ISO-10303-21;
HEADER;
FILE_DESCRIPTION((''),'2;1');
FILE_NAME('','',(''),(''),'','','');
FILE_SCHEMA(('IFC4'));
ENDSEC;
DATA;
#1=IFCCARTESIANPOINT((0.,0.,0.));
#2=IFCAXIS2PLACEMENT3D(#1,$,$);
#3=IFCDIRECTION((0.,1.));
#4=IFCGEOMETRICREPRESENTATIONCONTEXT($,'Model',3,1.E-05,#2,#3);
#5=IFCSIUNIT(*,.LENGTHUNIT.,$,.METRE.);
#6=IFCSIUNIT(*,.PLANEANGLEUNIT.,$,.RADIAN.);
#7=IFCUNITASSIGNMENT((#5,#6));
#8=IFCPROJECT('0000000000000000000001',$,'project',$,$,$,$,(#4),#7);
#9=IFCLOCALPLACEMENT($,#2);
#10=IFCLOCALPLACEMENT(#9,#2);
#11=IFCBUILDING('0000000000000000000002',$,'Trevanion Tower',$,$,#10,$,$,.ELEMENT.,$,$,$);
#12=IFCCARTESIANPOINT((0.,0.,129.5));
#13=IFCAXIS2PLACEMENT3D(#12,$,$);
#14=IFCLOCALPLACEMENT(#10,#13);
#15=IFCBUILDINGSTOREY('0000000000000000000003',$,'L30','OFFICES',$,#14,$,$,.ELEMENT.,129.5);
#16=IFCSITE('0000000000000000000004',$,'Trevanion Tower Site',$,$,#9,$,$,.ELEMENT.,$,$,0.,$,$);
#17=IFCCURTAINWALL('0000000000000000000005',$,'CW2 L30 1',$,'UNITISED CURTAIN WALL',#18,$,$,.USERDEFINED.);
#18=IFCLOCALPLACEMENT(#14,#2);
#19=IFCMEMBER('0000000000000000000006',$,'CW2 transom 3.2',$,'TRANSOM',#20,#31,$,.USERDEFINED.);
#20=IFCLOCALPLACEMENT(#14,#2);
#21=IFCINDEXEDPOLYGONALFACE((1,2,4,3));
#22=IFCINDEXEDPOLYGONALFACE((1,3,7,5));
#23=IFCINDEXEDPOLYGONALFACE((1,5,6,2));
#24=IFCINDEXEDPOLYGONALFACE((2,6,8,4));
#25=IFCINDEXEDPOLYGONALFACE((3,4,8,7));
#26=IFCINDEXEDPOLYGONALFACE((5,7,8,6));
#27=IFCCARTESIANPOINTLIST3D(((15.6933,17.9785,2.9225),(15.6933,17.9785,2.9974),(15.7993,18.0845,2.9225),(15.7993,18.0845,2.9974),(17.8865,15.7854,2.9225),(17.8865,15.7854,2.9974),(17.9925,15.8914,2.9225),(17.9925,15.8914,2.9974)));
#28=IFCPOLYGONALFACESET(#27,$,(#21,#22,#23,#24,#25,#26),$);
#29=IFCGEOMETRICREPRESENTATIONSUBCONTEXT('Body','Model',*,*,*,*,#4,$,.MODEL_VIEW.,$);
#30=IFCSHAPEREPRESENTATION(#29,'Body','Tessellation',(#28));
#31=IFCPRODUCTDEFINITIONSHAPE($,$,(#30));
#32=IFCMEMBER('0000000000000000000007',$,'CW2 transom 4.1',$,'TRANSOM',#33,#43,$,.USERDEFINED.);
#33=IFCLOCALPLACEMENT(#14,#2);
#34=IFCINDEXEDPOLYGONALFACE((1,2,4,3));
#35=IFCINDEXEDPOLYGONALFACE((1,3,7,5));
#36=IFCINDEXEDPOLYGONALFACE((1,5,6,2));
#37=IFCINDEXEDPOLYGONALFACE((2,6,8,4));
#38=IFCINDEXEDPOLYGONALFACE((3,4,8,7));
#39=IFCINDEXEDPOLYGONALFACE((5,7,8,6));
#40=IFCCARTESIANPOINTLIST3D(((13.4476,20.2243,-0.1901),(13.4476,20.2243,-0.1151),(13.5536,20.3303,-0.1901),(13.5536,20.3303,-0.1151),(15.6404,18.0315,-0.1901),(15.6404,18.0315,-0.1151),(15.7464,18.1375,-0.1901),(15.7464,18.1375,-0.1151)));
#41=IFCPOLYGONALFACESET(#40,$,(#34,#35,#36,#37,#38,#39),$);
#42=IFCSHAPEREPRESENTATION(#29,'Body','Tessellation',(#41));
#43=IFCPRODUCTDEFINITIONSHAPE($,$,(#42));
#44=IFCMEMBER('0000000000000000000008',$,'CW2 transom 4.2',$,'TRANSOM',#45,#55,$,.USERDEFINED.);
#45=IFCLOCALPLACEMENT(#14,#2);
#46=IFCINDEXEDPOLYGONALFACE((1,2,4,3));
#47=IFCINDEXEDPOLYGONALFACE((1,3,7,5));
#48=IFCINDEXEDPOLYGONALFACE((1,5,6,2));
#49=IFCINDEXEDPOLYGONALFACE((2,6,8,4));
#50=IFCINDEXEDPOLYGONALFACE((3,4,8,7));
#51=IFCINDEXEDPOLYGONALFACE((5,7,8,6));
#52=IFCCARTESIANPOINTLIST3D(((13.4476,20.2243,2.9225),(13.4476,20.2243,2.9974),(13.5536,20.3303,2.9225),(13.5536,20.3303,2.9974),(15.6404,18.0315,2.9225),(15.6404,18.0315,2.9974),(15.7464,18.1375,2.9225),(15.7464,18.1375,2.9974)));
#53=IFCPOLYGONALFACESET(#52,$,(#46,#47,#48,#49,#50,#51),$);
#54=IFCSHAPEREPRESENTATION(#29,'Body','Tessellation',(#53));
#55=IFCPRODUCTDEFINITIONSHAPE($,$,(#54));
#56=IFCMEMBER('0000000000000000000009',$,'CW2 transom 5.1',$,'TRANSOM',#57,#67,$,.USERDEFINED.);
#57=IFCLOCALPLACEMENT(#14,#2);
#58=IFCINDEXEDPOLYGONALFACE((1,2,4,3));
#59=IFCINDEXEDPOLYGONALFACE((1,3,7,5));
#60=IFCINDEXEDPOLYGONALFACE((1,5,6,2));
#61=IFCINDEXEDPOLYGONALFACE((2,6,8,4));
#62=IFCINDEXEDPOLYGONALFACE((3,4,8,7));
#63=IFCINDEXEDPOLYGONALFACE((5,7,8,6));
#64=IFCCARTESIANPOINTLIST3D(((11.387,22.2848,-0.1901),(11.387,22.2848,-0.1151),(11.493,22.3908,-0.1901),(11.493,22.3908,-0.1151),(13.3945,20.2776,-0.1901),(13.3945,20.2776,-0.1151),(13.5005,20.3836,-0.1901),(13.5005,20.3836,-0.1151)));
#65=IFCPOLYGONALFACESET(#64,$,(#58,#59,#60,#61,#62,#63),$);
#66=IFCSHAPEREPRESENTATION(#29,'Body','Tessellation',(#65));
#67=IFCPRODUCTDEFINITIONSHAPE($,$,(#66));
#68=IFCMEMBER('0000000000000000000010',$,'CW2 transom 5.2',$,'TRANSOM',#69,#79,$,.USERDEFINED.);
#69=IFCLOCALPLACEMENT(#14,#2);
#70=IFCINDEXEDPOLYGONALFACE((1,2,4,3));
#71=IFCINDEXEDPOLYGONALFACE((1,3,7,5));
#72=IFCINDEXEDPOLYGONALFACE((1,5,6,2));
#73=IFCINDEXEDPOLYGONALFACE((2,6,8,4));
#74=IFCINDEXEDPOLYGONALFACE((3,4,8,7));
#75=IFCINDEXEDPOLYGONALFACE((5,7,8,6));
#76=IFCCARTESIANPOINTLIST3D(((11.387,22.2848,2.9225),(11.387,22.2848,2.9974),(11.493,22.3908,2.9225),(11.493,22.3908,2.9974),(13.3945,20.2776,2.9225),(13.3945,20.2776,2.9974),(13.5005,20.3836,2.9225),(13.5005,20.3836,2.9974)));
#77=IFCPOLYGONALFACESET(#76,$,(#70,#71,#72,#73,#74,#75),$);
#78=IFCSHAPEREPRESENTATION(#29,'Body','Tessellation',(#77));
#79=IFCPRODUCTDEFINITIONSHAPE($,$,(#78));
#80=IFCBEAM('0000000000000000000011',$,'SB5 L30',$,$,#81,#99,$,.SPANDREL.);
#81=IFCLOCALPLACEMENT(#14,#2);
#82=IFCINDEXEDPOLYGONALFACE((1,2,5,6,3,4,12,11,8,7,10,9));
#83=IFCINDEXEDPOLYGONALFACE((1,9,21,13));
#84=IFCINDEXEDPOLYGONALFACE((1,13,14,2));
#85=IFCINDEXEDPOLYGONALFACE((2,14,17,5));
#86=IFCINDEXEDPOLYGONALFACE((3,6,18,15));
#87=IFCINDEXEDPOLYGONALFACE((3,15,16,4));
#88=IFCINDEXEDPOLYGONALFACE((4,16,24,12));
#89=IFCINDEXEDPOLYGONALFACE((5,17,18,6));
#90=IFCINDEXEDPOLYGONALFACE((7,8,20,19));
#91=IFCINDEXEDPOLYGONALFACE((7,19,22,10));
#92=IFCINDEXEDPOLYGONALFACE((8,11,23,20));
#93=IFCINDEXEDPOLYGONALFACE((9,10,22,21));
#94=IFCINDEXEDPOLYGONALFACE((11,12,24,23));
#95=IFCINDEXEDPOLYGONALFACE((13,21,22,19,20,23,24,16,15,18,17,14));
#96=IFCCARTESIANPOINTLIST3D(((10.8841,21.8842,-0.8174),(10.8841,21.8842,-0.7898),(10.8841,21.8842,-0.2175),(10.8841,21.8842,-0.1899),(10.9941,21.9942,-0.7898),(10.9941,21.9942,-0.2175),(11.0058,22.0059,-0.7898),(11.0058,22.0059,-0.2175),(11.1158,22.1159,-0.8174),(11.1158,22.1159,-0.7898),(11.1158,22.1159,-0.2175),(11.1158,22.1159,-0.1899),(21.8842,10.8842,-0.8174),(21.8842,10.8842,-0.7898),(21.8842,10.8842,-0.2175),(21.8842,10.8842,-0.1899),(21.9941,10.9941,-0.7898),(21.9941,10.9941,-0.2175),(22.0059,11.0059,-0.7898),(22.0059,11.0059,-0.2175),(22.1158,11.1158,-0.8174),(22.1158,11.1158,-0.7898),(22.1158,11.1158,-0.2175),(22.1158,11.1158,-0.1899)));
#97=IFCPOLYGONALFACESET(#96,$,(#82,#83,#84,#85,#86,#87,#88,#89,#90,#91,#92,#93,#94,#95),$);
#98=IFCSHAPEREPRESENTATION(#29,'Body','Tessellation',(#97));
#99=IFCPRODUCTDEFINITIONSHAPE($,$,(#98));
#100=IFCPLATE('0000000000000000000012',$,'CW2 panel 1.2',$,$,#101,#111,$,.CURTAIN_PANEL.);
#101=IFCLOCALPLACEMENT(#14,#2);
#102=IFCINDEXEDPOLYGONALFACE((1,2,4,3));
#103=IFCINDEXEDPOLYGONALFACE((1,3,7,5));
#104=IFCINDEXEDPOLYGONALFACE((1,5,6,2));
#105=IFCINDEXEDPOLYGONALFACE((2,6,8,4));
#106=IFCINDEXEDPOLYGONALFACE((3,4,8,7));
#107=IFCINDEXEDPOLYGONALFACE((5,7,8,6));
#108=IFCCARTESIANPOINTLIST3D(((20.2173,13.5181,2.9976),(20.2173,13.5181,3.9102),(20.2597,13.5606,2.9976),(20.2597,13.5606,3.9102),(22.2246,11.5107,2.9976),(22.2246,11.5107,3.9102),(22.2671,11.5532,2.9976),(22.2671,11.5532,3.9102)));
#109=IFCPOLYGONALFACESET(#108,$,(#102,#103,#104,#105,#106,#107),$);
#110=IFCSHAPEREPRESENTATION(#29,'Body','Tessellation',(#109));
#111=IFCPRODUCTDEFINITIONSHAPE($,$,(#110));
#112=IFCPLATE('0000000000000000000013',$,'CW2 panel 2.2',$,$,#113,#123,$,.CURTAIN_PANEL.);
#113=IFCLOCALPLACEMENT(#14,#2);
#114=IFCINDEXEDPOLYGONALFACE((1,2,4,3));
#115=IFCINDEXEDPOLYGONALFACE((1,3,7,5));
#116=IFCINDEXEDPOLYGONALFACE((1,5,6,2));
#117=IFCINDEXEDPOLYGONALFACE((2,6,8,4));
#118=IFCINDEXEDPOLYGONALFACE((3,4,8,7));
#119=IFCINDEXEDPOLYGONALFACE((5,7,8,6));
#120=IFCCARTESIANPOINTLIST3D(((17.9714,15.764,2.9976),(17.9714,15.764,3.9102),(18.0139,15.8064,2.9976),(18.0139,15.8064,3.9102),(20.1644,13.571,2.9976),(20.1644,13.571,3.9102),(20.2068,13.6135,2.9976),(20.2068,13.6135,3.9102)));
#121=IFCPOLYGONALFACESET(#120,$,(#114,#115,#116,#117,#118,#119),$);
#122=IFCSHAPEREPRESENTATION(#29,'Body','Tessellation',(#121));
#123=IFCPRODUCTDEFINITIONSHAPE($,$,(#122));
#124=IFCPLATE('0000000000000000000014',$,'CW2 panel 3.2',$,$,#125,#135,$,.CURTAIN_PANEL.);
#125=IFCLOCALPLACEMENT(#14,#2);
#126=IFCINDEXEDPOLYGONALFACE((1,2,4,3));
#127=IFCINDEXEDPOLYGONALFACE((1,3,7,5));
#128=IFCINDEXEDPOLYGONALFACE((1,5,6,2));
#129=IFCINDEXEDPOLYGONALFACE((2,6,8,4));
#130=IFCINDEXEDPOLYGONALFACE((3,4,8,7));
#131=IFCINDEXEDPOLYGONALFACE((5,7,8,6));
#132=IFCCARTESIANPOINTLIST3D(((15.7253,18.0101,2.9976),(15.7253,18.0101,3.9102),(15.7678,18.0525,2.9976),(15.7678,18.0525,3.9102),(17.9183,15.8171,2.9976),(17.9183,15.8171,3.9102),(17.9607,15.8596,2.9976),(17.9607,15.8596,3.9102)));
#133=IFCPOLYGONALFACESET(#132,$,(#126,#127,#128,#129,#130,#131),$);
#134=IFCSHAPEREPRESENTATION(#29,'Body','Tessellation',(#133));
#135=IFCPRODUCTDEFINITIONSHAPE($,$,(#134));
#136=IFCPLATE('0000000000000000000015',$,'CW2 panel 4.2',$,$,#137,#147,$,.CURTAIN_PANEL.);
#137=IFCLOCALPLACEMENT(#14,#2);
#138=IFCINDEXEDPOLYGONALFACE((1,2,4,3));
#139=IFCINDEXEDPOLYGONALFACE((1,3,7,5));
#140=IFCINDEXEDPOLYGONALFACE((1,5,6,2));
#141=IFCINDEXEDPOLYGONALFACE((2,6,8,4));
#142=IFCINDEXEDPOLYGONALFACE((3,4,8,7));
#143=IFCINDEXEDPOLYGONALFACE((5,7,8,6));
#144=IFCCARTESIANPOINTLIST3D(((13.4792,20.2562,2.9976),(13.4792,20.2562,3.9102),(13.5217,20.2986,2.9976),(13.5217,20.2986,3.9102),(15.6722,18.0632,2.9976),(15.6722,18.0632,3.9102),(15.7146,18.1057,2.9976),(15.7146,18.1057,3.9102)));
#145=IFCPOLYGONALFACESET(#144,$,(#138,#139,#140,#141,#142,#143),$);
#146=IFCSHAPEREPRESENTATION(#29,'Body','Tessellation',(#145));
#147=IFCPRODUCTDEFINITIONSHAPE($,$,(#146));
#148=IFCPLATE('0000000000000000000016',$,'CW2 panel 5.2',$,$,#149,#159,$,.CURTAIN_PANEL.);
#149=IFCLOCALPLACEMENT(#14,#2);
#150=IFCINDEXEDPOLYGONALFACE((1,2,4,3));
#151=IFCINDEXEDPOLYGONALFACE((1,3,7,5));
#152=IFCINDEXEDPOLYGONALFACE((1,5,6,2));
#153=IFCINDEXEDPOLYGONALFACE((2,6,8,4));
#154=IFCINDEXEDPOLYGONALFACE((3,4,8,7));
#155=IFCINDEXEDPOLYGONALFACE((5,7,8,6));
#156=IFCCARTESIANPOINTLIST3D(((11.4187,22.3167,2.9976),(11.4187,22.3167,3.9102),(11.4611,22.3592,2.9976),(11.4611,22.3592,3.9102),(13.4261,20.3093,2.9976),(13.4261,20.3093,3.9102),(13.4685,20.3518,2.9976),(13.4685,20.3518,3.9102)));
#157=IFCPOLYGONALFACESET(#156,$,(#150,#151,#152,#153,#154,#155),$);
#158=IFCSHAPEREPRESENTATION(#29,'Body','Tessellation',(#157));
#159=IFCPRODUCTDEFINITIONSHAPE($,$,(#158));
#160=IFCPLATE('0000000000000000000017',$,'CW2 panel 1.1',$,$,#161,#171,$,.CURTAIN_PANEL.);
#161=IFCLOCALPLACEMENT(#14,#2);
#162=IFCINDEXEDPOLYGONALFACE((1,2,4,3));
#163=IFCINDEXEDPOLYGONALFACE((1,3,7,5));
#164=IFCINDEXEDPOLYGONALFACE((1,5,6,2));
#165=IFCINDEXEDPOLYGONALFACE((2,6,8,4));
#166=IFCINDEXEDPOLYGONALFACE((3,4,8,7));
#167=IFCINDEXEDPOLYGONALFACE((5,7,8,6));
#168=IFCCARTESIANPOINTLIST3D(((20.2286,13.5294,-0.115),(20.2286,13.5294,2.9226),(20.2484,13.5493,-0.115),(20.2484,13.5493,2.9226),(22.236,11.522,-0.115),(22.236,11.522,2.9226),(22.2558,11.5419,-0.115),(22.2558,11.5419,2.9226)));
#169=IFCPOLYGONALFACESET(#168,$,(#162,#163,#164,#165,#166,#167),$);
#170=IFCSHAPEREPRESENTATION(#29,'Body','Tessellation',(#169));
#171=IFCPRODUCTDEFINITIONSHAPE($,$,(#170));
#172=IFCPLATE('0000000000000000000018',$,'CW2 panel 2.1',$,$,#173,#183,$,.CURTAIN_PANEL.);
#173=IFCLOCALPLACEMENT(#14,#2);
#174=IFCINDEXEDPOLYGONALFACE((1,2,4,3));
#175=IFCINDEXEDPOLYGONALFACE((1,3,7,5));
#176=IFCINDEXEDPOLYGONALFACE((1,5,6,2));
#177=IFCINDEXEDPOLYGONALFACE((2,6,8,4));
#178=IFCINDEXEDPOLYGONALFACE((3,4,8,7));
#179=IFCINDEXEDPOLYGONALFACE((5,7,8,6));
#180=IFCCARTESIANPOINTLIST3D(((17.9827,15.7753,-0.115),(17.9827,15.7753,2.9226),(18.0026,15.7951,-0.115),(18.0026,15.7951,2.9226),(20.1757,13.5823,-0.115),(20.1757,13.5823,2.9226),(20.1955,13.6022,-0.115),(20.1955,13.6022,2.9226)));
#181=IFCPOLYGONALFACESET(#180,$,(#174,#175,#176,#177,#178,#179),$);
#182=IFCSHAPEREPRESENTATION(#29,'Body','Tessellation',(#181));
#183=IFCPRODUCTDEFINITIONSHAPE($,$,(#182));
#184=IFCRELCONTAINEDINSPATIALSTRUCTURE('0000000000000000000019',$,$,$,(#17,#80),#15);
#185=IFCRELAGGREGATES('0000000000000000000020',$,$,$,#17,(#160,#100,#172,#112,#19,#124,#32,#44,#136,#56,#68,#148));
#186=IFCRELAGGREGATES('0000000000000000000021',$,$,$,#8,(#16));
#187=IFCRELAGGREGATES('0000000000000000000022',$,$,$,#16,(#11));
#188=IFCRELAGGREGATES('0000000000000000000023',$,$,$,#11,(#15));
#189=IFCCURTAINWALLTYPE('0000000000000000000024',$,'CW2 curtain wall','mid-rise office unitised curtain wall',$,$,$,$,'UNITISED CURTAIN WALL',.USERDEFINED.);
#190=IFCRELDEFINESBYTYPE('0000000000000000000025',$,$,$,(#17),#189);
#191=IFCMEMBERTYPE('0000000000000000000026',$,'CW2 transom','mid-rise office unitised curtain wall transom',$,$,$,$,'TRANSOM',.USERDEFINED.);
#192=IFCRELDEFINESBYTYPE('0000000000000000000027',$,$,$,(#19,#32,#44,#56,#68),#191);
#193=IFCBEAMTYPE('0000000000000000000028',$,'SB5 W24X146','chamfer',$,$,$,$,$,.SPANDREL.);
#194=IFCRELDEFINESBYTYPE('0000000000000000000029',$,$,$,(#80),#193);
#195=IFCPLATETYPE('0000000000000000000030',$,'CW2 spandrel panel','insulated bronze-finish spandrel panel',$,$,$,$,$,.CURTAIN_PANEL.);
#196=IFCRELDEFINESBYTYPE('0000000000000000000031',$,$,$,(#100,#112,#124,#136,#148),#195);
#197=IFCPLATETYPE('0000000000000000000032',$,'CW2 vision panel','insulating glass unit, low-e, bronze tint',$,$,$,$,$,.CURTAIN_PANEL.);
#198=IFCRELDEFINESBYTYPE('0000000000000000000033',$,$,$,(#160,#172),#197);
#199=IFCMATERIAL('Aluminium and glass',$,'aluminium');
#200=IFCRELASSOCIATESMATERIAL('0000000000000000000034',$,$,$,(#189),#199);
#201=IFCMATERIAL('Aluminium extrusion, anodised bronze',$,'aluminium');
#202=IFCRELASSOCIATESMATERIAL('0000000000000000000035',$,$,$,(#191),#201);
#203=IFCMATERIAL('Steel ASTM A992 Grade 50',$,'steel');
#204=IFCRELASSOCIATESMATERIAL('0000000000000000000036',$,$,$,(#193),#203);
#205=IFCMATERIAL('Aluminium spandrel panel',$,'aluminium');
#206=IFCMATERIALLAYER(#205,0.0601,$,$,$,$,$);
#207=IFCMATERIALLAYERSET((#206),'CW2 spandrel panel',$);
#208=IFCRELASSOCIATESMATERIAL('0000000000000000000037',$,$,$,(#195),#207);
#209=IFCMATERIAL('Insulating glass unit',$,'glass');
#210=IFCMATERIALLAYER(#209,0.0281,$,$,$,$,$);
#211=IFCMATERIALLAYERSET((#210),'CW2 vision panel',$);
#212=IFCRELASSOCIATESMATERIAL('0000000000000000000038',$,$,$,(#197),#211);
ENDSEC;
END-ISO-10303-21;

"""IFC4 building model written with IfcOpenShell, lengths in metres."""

from ifc_helpers import new_model, si_unit, direction, frame, origin, origin_2d, place, context, subcontext, project, spatial, rectangle, i_section, extrude, material, layer, layer_set, material_profile, profile_set, type_object, element, aggregate, save


model = new_model("IFC4")

# Units and contexts
model_context = context("Model", 3, precision=1e-05, world=origin(), true_north=direction((0.0, 1.0)))
body_context = subcontext(model_context, "Body", "Model", "MODEL_VIEW")
ifc_project = project(units=[si_unit("LENGTHUNIT", "METRE"), si_unit("PLANEANGLEUNIT", "RADIAN")], contexts=[model_context])

# Site, building, storey
site_placement = place(None, origin())
site = spatial("IfcSite", under=ifc_project, at=site_placement, Name="Trevanion Tower Site", CompositionType="ELEMENT", RefElevation=0.0)
building_placement = place(site_placement, origin())
building = spatial("IfcBuilding", under=site, at=building_placement, Name="Trevanion Tower", CompositionType="ELEMENT")
storey_placement = place(building_placement, frame((0.0, 0.0, 129.5)))
storey = spatial("IfcBuildingStorey", under=building, at=storey_placement, Name="L30", Description="OFFICES", CompositionType="ELEMENT", Elevation=129.5)

# Curtain wall
ifc_material_1 = material(Name="Aluminium and glass", Category="aluminium")
curtain_wall_type = type_object("IfcCurtainWallType", Name="CW2 curtain wall", Description="mid-rise office unitised curtain wall", ElementType="UNITISED CURTAIN WALL", PredefinedType="USERDEFINED", material=ifc_material_1)
curtain_wall_1_placement = place(storey_placement, origin())
curtain_wall_1 = element("IfcCurtainWall", 1, at=curtain_wall_1_placement, inside=storey, type_object=curtain_wall_type, Name="CW2 L30 1", ObjectType="UNITISED CURTAIN WALL", PredefinedType="USERDEFINED")

# Members
ifc_material_2 = material(Name="Aluminium extrusion, anodised bronze", Category="aluminium")
ifc_material_profile_1 = material_profile(ifc_material_2, rectangle(XDim=0.1499, YDim=0.075, at=origin_2d()), Name="CW2 transom")
ifc_profile_set_1 = profile_set([ifc_material_profile_1], Name="Aluminium extrusion, anodised bronze")
member_type_1 = type_object("IfcMemberType", Name="CW2 transom", Description="mid-rise office unitised curtain wall transom", ElementType="TRANSOM", PredefinedType="USERDEFINED", material=ifc_profile_set_1)
member_1_placement = place(storey_placement, frame((17.9395, 15.8384, 2.96), z_axis=(-0.707107, 0.707107, 0.0), x_axis=(-0.707107, -0.707107, 0.0)))
member_1 = element("IfcMember", 2, at=member_1_placement, type_object=member_type_1, Name="CW2 transom 3.2", ObjectType="TRANSOM", PredefinedType="USERDEFINED", context=body_context, shape_type="SweptSolid", body=[
    extrude(rectangle(XDim=0.1499, YDim=0.075, at=origin_2d()), origin(), (0.0, 0.0, 1.0), 3.1016),
])
member_2_placement = place(storey_placement, frame((15.6934, 18.0845, -0.1526), z_axis=(-0.707107, 0.707107, 0.0), x_axis=(-0.707107, -0.707107, 0.0)))
member_2 = element("IfcMember", 3, at=member_2_placement, type_object=member_type_1, Name="CW2 transom 4.1", ObjectType="TRANSOM", PredefinedType="USERDEFINED", context=body_context, shape_type="SweptSolid", body=[
    extrude(rectangle(XDim=0.1499, YDim=0.075, at=origin_2d()), origin(), (0.0, 0.0, 1.0), 3.1011),
])
member_3_placement = place(storey_placement, frame((15.6934, 18.0845, 2.96), z_axis=(-0.707107, 0.707107, 0.0), x_axis=(-0.707107, -0.707107, 0.0)))
member_3 = element("IfcMember", 4, at=member_3_placement, type_object=member_type_1, Name="CW2 transom 4.2", ObjectType="TRANSOM", PredefinedType="USERDEFINED", context=body_context, shape_type="SweptSolid", body=[
    extrude(rectangle(XDim=0.1499, YDim=0.075, at=origin_2d()), origin(), (0.0, 0.0, 1.0), 3.1011),
])
member_4_placement = place(storey_placement, frame((13.4475, 20.3306, -0.1526), z_axis=(-0.70715, 0.707064, 0.0), x_axis=(-0.707064, -0.70715, 0.0)))
member_4 = element("IfcMember", 5, at=member_4_placement, type_object=member_type_1, Name="CW2 transom 5.1", ObjectType="TRANSOM", PredefinedType="USERDEFINED", context=body_context, shape_type="SweptSolid", body=[
    extrude(rectangle(XDim=0.1499, YDim=0.075, at=origin_2d()), origin(), (0.0, 0.0, 1.0), 2.8389),
])
member_5_placement = place(storey_placement, frame((13.4475, 20.3306, 2.96), z_axis=(-0.70715, 0.707064, 0.0), x_axis=(-0.707064, -0.70715, 0.0)))
member_5 = element("IfcMember", 6, at=member_5_placement, type_object=member_type_1, Name="CW2 transom 5.2", ObjectType="TRANSOM", PredefinedType="USERDEFINED", context=body_context, shape_type="SweptSolid", body=[
    extrude(rectangle(XDim=0.1499, YDim=0.075, at=origin_2d()), origin(), (0.0, 0.0, 1.0), 2.8389),
])

# Beam
ifc_material_3 = material(Name="Steel ASTM A992 Grade 50", Category="steel")
ifc_material_profile_2 = material_profile(ifc_material_3, i_section(OverallWidth=0.3276, OverallDepth=0.6274, WebThickness=0.0166, FlangeThickness=0.0276, at=origin_2d()), Name="W24X146")
ifc_profile_set_2 = profile_set([ifc_material_profile_2], Name="Steel ASTM A992 Grade 50")
beam_type_1 = type_object("IfcBeamType", Name="SB5 W24X146", Description="chamfer", PredefinedType="SPANDREL", material=ifc_profile_set_2)
beam_1_placement = place(storey_placement, frame((22.0, 11.0, -0.5037), z_axis=(-0.707107, 0.707107, 0.0), x_axis=(-0.707107, -0.707107, 0.0)))
element("IfcBeam", 7, at=beam_1_placement, inside=storey, type_object=beam_type_1, Name="SB5 L30", PredefinedType="SPANDREL", context=body_context, shape_type="SweptSolid", body=[
    extrude(i_section(OverallWidth=0.3276, OverallDepth=0.6274, WebThickness=0.0166, FlangeThickness=0.0276, at=origin_2d()), origin(), (0.0, 0.0, 1.0), 15.5564),
])

# Plates
ifc_material_4 = material(Name="Aluminium spandrel panel", Category="aluminium")
ifc_layer_1 = layer(ifc_material_4, 0.0601)
ifc_layer_set_1 = layer_set([ifc_layer_1], Name="CW2 spandrel panel")
plate_type_1 = type_object("IfcPlateType", Name="CW2 spandrel panel", Description="insulated bronze-finish spandrel panel", PredefinedType="CURTAIN_PANEL", material=ifc_layer_set_1)
plate_1_placement = place(storey_placement, frame((21.2422, 12.5356, 2.9976), z_axis=(0.0, 0.0, 1.0), x_axis=(-0.707107, 0.707107, 0.0)))
plate_1 = element("IfcPlate", 8, at=plate_1_placement, type_object=plate_type_1, Name="CW2 panel 1.2", PredefinedType="CURTAIN_PANEL", context=body_context, shape_type="SweptSolid", body=[
    extrude(rectangle(XDim=2.8389, YDim=0.0601, at=origin_2d()), origin(), (0.0, 0.0, 1.0), 0.9126),
])
plate_2_placement = place(storey_placement, frame((19.0891, 14.6887, 2.9976), z_axis=(0.0, 0.0, 1.0), x_axis=(-0.707107, 0.707107, 0.0)))
plate_2 = element("IfcPlate", 9, at=plate_2_placement, type_object=plate_type_1, Name="CW2 panel 2.2", PredefinedType="CURTAIN_PANEL", context=body_context, shape_type="SweptSolid", body=[
    extrude(rectangle(XDim=3.1013, YDim=0.0601, at=origin_2d()), origin(), (0.0, 0.0, 1.0), 0.9126),
])
plate_3_placement = place(storey_placement, frame((16.843, 16.9348, 2.9976), z_axis=(0.0, 0.0, 1.0), x_axis=(-0.707107, 0.707107, 0.0)))
plate_3 = element("IfcPlate", 10, at=plate_3_placement, type_object=plate_type_1, Name="CW2 panel 3.2", PredefinedType="CURTAIN_PANEL", context=body_context, shape_type="SweptSolid", body=[
    extrude(rectangle(XDim=3.1013, YDim=0.0601, at=origin_2d()), origin(), (0.0, 0.0, 1.0), 0.9126),
])
plate_4_placement = place(storey_placement, frame((14.5969, 19.1809, 2.9976), z_axis=(0.0, 0.0, 1.0), x_axis=(-0.707107, 0.707107, 0.0)))
plate_4 = element("IfcPlate", 11, at=plate_4_placement, type_object=plate_type_1, Name="CW2 panel 4.2", PredefinedType="CURTAIN_PANEL", context=body_context, shape_type="SweptSolid", body=[
    extrude(rectangle(XDim=3.1013, YDim=0.0601, at=origin_2d()), origin(), (0.0, 0.0, 1.0), 0.9126),
])
plate_5_placement = place(storey_placement, frame((12.4436, 21.3342, 2.9976), z_axis=(0.0, 0.0, 1.0), x_axis=(-0.707107, 0.707107, 0.0)))
plate_5 = element("IfcPlate", 12, at=plate_5_placement, type_object=plate_type_1, Name="CW2 panel 5.2", PredefinedType="CURTAIN_PANEL", context=body_context, shape_type="SweptSolid", body=[
    extrude(rectangle(XDim=2.8389, YDim=0.0601, at=origin_2d()), origin(), (0.0, 0.0, 1.0), 0.9126),
])
ifc_material_5 = material(Name="Insulating glass unit", Category="glass")
ifc_layer_2 = layer(ifc_material_5, 0.0281)
ifc_layer_set_2 = layer_set([ifc_layer_2], Name="CW2 vision panel")
plate_type_2 = type_object("IfcPlateType", Name="CW2 vision panel", Description="insulating glass unit, low-e, bronze tint", PredefinedType="CURTAIN_PANEL", material=ifc_layer_set_2)
plate_6_placement = place(storey_placement, frame((21.2422, 12.5356, -0.115), z_axis=(0.0, 0.0, 1.0), x_axis=(-0.707107, 0.707107, 0.0)))
plate_6 = element("IfcPlate", 13, at=plate_6_placement, type_object=plate_type_2, Name="CW2 panel 1.1", PredefinedType="CURTAIN_PANEL", context=body_context, shape_type="SweptSolid", body=[
    extrude(rectangle(XDim=2.8389, YDim=0.0281, at=origin_2d()), origin(), (0.0, 0.0, 1.0), 3.0376),
])
plate_7_placement = place(storey_placement, frame((19.0891, 14.6887, -0.115), z_axis=(0.0, 0.0, 1.0), x_axis=(-0.707107, 0.707107, 0.0)))
plate_7 = element("IfcPlate", 14, at=plate_7_placement, type_object=plate_type_2, Name="CW2 panel 2.1", PredefinedType="CURTAIN_PANEL", context=body_context, shape_type="SweptSolid", body=[
    extrude(rectangle(XDim=3.1013, YDim=0.0281, at=origin_2d()), origin(), (0.0, 0.0, 1.0), 3.0376),
])
aggregate(curtain_wall_1, [plate_6, plate_1, plate_7, plate_2, member_1, plate_3, member_2, member_3, plate_4, member_4, member_5, plate_5])

save(model, "model.ifc")
